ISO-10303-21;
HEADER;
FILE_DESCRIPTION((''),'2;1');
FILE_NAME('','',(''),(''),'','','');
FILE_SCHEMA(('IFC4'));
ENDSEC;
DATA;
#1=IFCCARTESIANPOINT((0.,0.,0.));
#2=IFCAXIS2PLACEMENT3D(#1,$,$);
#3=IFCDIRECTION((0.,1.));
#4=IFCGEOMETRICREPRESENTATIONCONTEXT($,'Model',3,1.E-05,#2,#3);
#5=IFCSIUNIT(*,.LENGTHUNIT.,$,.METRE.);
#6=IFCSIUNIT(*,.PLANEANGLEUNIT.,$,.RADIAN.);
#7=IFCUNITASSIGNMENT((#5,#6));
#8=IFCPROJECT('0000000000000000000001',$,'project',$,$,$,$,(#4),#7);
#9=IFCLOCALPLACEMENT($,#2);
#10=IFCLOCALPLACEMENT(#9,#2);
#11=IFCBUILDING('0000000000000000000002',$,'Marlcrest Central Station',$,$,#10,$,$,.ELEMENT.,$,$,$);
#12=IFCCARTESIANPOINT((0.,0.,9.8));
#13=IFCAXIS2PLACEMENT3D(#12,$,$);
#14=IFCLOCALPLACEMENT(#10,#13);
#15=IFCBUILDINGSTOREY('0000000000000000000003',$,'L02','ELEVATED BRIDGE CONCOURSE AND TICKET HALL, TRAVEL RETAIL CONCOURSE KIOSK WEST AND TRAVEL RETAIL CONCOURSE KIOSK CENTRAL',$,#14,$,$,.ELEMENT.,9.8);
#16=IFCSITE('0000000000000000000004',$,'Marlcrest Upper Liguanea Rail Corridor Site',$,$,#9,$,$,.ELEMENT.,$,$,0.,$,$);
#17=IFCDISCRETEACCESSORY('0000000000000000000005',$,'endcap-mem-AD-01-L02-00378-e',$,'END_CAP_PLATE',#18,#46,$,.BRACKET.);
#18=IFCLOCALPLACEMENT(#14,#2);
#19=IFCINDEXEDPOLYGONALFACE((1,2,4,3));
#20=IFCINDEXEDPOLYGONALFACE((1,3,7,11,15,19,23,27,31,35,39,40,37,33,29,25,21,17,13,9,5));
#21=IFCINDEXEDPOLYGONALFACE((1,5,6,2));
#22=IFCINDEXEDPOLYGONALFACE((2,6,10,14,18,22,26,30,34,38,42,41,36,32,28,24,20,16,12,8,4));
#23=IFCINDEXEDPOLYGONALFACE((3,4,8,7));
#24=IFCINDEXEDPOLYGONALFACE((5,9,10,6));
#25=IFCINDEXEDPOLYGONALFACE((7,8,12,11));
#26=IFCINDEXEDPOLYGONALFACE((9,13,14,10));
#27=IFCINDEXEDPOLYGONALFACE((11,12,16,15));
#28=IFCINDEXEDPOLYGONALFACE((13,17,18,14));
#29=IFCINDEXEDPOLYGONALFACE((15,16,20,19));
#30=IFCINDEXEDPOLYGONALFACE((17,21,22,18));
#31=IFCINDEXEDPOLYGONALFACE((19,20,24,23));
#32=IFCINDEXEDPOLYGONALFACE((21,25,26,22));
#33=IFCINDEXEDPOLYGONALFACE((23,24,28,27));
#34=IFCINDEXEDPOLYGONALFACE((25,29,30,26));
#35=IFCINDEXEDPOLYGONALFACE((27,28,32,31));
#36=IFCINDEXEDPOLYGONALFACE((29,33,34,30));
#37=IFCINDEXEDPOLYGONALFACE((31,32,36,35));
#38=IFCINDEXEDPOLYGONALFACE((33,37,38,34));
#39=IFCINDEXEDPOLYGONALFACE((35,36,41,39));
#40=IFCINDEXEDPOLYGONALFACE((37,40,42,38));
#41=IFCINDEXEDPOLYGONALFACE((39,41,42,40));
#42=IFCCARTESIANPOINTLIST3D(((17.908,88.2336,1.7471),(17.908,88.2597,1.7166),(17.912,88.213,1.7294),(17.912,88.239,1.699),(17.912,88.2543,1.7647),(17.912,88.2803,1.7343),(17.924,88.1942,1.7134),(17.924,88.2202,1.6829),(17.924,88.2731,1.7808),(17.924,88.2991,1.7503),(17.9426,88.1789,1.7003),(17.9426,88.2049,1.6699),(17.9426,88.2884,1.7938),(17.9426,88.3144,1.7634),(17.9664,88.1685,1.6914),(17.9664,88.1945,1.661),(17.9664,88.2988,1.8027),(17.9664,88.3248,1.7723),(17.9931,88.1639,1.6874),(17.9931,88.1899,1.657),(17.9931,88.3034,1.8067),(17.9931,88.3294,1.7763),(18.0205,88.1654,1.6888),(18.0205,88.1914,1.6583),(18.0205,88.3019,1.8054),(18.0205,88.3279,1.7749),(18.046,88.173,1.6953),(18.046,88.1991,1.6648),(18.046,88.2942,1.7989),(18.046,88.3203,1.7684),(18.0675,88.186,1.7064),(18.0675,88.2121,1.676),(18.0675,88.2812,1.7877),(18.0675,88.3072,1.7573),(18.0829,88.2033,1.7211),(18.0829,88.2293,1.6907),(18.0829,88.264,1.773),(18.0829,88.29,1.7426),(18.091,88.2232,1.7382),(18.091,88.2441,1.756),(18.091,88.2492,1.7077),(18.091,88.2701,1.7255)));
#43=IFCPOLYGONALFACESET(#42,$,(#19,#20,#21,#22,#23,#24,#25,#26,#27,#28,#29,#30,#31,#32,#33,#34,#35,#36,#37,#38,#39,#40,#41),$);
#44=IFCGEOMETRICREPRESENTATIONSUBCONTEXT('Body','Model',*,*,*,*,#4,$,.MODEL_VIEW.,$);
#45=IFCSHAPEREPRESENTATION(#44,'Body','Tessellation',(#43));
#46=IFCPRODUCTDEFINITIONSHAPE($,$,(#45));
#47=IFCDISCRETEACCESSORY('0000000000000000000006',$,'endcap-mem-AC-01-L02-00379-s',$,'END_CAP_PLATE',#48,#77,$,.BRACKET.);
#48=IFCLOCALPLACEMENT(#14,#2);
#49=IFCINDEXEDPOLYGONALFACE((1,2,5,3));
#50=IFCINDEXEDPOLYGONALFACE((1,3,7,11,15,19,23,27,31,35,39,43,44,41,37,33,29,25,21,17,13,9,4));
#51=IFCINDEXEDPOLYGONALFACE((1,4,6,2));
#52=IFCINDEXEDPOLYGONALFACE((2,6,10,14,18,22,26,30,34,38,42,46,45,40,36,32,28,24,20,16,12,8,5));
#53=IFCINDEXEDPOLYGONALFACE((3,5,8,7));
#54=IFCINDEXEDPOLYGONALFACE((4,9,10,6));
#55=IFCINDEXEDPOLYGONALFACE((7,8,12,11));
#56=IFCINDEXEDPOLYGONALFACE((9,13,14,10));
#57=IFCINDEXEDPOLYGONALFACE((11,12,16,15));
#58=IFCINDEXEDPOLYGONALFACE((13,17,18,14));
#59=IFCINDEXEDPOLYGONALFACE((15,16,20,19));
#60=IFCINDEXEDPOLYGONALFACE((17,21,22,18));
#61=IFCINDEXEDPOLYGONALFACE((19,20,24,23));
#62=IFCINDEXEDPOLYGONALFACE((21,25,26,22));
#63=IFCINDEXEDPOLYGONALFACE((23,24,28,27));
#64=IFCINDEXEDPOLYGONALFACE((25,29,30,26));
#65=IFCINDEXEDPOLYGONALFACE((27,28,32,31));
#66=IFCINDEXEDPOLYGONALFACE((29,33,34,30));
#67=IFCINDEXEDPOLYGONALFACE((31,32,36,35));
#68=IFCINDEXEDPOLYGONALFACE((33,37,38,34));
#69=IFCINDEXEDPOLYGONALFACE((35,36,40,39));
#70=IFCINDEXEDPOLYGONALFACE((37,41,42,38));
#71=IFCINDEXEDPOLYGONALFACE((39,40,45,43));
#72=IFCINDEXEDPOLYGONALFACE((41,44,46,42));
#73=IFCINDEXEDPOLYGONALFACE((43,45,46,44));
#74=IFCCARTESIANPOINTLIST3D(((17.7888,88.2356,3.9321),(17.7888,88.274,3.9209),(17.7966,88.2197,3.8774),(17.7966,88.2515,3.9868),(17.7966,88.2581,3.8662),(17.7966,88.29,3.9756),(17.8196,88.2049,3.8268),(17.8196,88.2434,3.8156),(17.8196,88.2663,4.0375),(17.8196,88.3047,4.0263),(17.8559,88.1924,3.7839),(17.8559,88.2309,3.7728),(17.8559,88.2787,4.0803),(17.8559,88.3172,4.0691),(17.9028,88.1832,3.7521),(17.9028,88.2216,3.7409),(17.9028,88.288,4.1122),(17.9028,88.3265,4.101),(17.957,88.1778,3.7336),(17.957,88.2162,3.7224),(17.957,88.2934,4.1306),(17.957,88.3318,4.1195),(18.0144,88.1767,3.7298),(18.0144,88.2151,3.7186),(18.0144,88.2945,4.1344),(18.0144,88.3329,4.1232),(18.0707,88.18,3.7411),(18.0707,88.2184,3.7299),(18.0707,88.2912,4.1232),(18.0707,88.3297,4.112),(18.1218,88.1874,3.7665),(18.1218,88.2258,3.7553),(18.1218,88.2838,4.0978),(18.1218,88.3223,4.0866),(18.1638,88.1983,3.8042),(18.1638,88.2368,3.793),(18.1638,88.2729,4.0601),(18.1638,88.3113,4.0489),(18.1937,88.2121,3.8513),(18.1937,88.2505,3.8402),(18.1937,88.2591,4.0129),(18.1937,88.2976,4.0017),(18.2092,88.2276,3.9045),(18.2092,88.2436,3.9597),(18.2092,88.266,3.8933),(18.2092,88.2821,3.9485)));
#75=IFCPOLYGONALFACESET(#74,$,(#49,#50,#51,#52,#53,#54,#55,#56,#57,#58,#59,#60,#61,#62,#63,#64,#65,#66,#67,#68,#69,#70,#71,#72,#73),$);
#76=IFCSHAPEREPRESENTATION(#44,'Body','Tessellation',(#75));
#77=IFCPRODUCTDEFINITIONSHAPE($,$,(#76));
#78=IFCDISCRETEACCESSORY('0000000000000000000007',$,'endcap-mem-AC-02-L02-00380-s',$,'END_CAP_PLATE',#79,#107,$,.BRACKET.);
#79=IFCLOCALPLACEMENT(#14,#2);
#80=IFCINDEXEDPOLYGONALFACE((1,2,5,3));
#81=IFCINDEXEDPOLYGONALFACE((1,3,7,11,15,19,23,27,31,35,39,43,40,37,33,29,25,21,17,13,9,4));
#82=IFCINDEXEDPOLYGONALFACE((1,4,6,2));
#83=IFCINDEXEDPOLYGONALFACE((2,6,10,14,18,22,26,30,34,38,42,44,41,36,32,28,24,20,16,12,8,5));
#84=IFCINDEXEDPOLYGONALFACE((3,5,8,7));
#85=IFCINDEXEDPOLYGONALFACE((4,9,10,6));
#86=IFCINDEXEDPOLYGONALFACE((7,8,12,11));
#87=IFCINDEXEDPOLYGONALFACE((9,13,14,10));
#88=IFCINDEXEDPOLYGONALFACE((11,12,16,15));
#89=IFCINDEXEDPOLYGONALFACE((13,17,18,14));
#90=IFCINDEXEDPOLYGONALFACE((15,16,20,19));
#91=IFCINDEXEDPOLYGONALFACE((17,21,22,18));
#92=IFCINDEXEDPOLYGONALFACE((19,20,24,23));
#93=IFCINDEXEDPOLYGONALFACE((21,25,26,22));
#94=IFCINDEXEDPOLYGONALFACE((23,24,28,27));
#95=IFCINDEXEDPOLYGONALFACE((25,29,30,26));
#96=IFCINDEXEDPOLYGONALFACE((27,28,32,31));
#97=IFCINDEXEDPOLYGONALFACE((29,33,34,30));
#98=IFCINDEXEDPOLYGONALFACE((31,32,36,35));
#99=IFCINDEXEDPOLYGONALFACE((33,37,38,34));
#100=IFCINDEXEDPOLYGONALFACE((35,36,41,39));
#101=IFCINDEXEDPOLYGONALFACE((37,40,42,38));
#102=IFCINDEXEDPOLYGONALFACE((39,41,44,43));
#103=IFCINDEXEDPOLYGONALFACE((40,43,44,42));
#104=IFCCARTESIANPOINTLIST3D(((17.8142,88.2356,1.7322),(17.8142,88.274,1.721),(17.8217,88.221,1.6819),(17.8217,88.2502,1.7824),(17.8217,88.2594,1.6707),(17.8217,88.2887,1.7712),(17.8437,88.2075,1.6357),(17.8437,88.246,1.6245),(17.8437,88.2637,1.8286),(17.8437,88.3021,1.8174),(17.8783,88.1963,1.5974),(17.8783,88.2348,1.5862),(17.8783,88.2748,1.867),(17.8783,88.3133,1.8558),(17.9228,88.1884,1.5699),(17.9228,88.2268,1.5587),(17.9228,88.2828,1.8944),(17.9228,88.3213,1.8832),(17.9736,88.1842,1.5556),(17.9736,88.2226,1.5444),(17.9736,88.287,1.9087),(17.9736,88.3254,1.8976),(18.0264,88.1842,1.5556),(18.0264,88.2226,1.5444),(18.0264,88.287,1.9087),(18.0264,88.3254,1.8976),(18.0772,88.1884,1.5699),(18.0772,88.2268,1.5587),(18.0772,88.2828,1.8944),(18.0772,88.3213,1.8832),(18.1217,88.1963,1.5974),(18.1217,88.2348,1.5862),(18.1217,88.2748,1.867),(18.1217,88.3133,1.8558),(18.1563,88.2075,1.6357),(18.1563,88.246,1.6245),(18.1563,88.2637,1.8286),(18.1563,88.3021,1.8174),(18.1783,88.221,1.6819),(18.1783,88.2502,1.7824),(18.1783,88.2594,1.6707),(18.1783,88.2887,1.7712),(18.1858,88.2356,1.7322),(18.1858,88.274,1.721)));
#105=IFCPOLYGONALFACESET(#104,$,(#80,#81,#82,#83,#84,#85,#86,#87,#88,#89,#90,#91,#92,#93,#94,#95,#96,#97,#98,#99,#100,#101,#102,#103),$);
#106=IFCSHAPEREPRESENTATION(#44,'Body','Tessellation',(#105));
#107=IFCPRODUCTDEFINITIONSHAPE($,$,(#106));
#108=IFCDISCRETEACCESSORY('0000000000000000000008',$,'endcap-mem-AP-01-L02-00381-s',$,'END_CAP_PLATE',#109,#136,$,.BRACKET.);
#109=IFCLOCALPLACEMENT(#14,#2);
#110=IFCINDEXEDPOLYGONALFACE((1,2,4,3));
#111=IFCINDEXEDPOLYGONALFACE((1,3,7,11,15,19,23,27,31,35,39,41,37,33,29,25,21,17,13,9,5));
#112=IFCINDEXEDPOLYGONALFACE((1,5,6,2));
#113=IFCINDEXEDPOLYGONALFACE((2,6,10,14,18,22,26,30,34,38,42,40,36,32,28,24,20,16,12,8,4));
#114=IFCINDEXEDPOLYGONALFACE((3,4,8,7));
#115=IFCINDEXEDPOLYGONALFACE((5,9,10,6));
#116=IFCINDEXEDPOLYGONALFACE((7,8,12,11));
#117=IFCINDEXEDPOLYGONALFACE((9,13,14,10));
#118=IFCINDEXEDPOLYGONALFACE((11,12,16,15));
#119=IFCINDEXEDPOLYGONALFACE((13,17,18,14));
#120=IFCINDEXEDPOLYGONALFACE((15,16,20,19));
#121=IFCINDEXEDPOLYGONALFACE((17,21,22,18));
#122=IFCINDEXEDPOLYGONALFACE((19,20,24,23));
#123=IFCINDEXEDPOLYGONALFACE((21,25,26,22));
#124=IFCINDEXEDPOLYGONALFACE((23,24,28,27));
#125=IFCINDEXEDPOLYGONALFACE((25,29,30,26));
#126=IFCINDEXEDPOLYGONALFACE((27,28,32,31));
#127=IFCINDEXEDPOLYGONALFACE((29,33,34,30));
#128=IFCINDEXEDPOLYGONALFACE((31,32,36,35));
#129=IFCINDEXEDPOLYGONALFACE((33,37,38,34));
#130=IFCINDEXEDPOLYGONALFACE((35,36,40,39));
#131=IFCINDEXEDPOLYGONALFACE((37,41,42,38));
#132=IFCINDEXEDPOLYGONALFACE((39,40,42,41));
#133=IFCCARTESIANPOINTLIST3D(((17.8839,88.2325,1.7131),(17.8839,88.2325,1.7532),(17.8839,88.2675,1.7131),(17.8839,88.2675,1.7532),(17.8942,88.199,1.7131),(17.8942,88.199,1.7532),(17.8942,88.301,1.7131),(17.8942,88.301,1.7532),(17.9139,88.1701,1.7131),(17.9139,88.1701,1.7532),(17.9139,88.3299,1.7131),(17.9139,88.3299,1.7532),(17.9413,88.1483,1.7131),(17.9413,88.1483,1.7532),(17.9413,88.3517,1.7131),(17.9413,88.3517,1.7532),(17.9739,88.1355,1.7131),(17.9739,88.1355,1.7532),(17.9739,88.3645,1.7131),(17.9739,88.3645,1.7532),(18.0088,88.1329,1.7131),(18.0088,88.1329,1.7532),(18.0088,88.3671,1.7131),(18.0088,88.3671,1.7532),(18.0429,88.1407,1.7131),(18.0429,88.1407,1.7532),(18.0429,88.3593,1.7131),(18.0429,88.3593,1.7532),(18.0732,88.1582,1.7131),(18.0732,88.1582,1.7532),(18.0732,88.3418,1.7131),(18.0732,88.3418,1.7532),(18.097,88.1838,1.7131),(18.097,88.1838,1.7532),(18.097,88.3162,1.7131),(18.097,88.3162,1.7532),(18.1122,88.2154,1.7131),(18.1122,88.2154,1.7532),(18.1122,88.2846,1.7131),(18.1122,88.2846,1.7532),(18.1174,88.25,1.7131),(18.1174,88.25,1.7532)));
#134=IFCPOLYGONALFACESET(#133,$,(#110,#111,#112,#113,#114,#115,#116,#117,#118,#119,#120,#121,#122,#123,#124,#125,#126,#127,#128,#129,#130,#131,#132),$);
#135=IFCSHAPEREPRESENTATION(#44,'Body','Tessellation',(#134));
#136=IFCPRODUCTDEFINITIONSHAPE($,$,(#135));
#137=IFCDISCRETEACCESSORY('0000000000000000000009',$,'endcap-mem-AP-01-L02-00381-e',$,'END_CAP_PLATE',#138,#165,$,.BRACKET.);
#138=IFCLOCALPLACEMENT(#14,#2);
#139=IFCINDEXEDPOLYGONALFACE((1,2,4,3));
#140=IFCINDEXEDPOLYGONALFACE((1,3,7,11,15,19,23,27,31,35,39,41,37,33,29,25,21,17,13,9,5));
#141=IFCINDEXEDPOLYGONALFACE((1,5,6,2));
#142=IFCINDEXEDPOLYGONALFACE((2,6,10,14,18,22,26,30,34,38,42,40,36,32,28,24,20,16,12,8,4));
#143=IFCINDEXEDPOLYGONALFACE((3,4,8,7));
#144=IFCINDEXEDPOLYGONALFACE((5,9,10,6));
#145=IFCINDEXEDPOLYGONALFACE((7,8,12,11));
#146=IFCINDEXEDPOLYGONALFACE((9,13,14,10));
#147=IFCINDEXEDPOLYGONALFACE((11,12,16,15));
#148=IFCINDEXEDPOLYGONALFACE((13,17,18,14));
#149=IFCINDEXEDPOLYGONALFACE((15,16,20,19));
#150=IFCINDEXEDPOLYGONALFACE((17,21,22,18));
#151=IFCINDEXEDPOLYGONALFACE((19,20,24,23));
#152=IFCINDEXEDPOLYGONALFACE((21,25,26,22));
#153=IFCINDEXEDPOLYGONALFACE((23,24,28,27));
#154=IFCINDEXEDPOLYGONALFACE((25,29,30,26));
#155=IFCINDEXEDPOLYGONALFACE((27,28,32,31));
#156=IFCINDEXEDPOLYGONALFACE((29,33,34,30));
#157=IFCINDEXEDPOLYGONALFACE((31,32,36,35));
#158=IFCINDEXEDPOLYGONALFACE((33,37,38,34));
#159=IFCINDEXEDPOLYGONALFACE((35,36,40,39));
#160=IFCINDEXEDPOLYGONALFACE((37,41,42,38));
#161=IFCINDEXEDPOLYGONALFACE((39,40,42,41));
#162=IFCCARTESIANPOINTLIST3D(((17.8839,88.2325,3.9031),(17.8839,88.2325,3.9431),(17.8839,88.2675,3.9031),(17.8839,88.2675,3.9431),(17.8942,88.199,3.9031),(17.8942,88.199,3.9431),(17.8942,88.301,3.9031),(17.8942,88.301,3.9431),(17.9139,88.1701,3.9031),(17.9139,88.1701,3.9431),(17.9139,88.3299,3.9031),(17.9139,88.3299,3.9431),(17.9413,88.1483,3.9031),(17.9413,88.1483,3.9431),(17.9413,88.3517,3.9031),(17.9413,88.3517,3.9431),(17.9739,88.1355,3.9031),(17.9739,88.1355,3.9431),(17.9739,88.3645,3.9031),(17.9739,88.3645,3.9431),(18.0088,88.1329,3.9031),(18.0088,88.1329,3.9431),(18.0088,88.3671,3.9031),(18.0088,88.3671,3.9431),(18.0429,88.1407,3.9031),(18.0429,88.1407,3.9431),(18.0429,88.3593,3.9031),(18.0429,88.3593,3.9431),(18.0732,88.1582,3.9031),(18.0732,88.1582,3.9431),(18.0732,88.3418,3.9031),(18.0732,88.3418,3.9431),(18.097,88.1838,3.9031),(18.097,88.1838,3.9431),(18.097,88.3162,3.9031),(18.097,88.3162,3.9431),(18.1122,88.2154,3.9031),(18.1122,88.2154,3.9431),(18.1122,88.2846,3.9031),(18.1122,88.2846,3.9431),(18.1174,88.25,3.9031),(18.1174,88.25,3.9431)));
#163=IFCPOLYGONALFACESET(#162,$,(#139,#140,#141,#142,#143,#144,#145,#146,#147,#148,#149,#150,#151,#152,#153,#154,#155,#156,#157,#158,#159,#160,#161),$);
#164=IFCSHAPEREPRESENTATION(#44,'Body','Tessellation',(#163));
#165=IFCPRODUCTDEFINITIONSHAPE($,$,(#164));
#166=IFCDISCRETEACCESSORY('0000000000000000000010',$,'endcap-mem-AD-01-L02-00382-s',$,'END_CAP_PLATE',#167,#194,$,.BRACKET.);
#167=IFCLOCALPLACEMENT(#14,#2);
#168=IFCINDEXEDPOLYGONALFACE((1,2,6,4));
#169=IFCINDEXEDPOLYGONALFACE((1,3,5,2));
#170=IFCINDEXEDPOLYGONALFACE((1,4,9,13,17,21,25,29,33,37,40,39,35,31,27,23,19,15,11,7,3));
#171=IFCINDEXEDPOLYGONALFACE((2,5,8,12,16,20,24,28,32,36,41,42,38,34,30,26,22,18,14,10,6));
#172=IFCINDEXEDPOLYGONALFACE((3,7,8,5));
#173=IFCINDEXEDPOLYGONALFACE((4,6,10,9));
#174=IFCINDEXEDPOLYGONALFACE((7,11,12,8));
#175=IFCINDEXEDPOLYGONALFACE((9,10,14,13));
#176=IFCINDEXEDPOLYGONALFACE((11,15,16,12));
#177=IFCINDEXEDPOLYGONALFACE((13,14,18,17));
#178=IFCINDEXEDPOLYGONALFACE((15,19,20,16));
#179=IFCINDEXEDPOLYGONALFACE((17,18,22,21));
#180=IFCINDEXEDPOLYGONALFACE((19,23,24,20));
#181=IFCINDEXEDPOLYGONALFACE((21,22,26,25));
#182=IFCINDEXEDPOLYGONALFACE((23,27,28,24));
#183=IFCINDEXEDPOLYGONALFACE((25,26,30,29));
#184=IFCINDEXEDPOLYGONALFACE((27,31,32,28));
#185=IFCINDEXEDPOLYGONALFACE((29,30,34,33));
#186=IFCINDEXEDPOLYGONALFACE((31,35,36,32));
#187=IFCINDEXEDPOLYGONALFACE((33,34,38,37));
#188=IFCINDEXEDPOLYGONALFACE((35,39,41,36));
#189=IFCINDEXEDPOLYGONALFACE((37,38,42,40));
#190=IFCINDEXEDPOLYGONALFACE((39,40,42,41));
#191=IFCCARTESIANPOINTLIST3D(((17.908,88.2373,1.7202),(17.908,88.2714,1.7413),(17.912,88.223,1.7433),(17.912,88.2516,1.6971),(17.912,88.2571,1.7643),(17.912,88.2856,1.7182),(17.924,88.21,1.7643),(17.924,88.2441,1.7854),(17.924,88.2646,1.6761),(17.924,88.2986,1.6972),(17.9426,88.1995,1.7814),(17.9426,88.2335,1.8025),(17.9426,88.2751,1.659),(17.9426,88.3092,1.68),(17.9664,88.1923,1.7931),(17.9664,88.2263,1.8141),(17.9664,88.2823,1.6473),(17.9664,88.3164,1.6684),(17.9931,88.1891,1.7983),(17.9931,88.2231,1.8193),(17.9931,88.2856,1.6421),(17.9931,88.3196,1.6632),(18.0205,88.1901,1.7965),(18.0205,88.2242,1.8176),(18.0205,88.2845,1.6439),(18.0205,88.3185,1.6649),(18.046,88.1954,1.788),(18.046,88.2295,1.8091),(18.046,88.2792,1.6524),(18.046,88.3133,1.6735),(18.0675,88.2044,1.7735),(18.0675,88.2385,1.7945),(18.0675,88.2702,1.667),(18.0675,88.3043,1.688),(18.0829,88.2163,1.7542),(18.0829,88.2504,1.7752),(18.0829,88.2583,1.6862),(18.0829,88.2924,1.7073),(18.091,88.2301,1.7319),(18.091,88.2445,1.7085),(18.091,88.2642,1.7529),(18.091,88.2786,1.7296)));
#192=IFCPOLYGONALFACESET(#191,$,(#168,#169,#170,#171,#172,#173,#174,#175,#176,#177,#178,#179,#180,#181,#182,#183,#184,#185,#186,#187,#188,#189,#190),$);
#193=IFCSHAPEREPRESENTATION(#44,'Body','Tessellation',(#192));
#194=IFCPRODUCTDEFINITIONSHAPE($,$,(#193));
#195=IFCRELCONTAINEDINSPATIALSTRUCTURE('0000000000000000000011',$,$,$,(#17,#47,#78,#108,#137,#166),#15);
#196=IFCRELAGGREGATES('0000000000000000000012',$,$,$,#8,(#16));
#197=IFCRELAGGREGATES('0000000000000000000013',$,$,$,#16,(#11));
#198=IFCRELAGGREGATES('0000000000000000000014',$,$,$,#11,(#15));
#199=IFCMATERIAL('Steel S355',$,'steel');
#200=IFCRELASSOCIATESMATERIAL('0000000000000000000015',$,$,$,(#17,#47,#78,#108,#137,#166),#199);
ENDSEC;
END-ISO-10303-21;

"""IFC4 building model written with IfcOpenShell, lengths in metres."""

from ifc_helpers import new_model, si_unit, direction, frame, origin, origin_2d, place, context, subcontext, project, spatial, circle, extrude, material, element, save


model = new_model("IFC4")

# Units and contexts
model_context = context("Model", 3, precision=1e-05, world=origin(), true_north=direction((0.0, 1.0)))
body_context = subcontext(model_context, "Body", "Model", "MODEL_VIEW")
ifc_project = project(units=[si_unit("LENGTHUNIT", "METRE"), si_unit("PLANEANGLEUNIT", "RADIAN")], contexts=[model_context])

# Site, building, storey
site_placement = place(None, origin())
site = spatial("IfcSite", under=ifc_project, at=site_placement, Name="Marlcrest Upper Liguanea Rail Corridor Site", CompositionType="ELEMENT", RefElevation=0.0)
building_placement = place(site_placement, origin())
building = spatial("IfcBuilding", under=site, at=building_placement, Name="Marlcrest Central Station", CompositionType="ELEMENT")
storey_placement = place(building_placement, frame((0.0, 0.0, 9.8)))
storey = spatial("IfcBuildingStorey", under=building, at=storey_placement, Name="L02", Description="ELEVATED BRIDGE CONCOURSE AND TICKET HALL, TRAVEL RETAIL CONCOURSE KIOSK WEST AND TRAVEL RETAIL CONCOURSE KIOSK CENTRAL", CompositionType="ELEMENT", Elevation=9.8)

# Shared definitions
ifc_material_1 = material(Name="Steel S355", Category="steel")

# Discrete accessories
discrete_accessory_1_placement = place(storey_placement, frame((18.0, 88.2336, 1.7471), z_axis=(0.0, 0.649625, -0.760255), x_axis=(-1.0, 0.0, 0.0)))
element("IfcDiscreteAccessory", 1, at=discrete_accessory_1_placement, inside=storey, material=ifc_material_1, Name="endcap-mem-AD-01-L02-00378-e", ObjectType="END_CAP_PLATE", PredefinedType="BRACKET", context=body_context, shape_type="SweptSolid", body=[
    extrude(circle(Radius=0.092, at=origin_2d()), origin(), (0.0, 0.0, 1.0), 0.04),
])
discrete_accessory_2_placement = place(storey_placement, frame((18.0, 88.2356, 3.9321), z_axis=(0.0, 0.96013, -0.279554), x_axis=(-1.0, 0.0, 0.0)))
element("IfcDiscreteAccessory", 2, at=discrete_accessory_2_placement, inside=storey, material=ifc_material_1, Name="endcap-mem-AC-01-L02-00379-s", ObjectType="END_CAP_PLATE", PredefinedType="BRACKET", context=body_context, shape_type="SweptSolid", body=[
    extrude(circle(Radius=0.2112, at=origin_2d()), origin(), (0.0, 0.0, 1.0), 0.04),
])
discrete_accessory_3_placement = place(storey_placement, frame((18.0, 88.2356, 1.7322), z_axis=(0.0, 0.96013, -0.279554), x_axis=(-1.0, 0.0, 0.0)))
element("IfcDiscreteAccessory", 3, at=discrete_accessory_3_placement, inside=storey, material=ifc_material_1, Name="endcap-mem-AC-02-L02-00380-s", ObjectType="END_CAP_PLATE", PredefinedType="BRACKET", context=body_context, shape_type="SweptSolid", body=[
    extrude(circle(Radius=0.1858, at=origin_2d()), origin(), (0.0, 0.0, 1.0), 0.04),
])
for number, where, z_axis, x_axis, name in (
    (4, (18.0, 88.25, 1.7131), (0.0, 0.0, 1.0), (1.0, 0.0, 0.0), "endcap-mem-AP-01-L02-00381-s"),
    (5, (18.0, 88.25, 3.9031), (0.0, 0.0, 1.0), (1.0, 0.0, 0.0), "endcap-mem-AP-01-L02-00381-e"),
):
    element("IfcDiscreteAccessory", number, at=place(storey_placement, frame(where, z_axis=z_axis, x_axis=x_axis)), inside=storey, material=ifc_material_1, Name=name, ObjectType="END_CAP_PLATE", PredefinedType="BRACKET", context=body_context, shape_type="SweptSolid", body=[
        extrude(circle(Radius=0.1174, at=origin_2d()), origin(), (0.0, 0.0, 1.0), 0.04),
    ])
discrete_accessory_4_placement = place(storey_placement, frame((18.0, 88.2373, 1.7202), z_axis=(0.0, 0.850687, 0.525672), x_axis=(-1.0, 0.0, 0.0)))
element("IfcDiscreteAccessory", 6, at=discrete_accessory_4_placement, inside=storey, material=ifc_material_1, Name="endcap-mem-AD-01-L02-00382-s", ObjectType="END_CAP_PLATE", PredefinedType="BRACKET", context=body_context, shape_type="SweptSolid", body=[
    extrude(circle(Radius=0.092, at=origin_2d()), origin(), (0.0, 0.0, 1.0), 0.04),
])

save(model, "model.ifc")
